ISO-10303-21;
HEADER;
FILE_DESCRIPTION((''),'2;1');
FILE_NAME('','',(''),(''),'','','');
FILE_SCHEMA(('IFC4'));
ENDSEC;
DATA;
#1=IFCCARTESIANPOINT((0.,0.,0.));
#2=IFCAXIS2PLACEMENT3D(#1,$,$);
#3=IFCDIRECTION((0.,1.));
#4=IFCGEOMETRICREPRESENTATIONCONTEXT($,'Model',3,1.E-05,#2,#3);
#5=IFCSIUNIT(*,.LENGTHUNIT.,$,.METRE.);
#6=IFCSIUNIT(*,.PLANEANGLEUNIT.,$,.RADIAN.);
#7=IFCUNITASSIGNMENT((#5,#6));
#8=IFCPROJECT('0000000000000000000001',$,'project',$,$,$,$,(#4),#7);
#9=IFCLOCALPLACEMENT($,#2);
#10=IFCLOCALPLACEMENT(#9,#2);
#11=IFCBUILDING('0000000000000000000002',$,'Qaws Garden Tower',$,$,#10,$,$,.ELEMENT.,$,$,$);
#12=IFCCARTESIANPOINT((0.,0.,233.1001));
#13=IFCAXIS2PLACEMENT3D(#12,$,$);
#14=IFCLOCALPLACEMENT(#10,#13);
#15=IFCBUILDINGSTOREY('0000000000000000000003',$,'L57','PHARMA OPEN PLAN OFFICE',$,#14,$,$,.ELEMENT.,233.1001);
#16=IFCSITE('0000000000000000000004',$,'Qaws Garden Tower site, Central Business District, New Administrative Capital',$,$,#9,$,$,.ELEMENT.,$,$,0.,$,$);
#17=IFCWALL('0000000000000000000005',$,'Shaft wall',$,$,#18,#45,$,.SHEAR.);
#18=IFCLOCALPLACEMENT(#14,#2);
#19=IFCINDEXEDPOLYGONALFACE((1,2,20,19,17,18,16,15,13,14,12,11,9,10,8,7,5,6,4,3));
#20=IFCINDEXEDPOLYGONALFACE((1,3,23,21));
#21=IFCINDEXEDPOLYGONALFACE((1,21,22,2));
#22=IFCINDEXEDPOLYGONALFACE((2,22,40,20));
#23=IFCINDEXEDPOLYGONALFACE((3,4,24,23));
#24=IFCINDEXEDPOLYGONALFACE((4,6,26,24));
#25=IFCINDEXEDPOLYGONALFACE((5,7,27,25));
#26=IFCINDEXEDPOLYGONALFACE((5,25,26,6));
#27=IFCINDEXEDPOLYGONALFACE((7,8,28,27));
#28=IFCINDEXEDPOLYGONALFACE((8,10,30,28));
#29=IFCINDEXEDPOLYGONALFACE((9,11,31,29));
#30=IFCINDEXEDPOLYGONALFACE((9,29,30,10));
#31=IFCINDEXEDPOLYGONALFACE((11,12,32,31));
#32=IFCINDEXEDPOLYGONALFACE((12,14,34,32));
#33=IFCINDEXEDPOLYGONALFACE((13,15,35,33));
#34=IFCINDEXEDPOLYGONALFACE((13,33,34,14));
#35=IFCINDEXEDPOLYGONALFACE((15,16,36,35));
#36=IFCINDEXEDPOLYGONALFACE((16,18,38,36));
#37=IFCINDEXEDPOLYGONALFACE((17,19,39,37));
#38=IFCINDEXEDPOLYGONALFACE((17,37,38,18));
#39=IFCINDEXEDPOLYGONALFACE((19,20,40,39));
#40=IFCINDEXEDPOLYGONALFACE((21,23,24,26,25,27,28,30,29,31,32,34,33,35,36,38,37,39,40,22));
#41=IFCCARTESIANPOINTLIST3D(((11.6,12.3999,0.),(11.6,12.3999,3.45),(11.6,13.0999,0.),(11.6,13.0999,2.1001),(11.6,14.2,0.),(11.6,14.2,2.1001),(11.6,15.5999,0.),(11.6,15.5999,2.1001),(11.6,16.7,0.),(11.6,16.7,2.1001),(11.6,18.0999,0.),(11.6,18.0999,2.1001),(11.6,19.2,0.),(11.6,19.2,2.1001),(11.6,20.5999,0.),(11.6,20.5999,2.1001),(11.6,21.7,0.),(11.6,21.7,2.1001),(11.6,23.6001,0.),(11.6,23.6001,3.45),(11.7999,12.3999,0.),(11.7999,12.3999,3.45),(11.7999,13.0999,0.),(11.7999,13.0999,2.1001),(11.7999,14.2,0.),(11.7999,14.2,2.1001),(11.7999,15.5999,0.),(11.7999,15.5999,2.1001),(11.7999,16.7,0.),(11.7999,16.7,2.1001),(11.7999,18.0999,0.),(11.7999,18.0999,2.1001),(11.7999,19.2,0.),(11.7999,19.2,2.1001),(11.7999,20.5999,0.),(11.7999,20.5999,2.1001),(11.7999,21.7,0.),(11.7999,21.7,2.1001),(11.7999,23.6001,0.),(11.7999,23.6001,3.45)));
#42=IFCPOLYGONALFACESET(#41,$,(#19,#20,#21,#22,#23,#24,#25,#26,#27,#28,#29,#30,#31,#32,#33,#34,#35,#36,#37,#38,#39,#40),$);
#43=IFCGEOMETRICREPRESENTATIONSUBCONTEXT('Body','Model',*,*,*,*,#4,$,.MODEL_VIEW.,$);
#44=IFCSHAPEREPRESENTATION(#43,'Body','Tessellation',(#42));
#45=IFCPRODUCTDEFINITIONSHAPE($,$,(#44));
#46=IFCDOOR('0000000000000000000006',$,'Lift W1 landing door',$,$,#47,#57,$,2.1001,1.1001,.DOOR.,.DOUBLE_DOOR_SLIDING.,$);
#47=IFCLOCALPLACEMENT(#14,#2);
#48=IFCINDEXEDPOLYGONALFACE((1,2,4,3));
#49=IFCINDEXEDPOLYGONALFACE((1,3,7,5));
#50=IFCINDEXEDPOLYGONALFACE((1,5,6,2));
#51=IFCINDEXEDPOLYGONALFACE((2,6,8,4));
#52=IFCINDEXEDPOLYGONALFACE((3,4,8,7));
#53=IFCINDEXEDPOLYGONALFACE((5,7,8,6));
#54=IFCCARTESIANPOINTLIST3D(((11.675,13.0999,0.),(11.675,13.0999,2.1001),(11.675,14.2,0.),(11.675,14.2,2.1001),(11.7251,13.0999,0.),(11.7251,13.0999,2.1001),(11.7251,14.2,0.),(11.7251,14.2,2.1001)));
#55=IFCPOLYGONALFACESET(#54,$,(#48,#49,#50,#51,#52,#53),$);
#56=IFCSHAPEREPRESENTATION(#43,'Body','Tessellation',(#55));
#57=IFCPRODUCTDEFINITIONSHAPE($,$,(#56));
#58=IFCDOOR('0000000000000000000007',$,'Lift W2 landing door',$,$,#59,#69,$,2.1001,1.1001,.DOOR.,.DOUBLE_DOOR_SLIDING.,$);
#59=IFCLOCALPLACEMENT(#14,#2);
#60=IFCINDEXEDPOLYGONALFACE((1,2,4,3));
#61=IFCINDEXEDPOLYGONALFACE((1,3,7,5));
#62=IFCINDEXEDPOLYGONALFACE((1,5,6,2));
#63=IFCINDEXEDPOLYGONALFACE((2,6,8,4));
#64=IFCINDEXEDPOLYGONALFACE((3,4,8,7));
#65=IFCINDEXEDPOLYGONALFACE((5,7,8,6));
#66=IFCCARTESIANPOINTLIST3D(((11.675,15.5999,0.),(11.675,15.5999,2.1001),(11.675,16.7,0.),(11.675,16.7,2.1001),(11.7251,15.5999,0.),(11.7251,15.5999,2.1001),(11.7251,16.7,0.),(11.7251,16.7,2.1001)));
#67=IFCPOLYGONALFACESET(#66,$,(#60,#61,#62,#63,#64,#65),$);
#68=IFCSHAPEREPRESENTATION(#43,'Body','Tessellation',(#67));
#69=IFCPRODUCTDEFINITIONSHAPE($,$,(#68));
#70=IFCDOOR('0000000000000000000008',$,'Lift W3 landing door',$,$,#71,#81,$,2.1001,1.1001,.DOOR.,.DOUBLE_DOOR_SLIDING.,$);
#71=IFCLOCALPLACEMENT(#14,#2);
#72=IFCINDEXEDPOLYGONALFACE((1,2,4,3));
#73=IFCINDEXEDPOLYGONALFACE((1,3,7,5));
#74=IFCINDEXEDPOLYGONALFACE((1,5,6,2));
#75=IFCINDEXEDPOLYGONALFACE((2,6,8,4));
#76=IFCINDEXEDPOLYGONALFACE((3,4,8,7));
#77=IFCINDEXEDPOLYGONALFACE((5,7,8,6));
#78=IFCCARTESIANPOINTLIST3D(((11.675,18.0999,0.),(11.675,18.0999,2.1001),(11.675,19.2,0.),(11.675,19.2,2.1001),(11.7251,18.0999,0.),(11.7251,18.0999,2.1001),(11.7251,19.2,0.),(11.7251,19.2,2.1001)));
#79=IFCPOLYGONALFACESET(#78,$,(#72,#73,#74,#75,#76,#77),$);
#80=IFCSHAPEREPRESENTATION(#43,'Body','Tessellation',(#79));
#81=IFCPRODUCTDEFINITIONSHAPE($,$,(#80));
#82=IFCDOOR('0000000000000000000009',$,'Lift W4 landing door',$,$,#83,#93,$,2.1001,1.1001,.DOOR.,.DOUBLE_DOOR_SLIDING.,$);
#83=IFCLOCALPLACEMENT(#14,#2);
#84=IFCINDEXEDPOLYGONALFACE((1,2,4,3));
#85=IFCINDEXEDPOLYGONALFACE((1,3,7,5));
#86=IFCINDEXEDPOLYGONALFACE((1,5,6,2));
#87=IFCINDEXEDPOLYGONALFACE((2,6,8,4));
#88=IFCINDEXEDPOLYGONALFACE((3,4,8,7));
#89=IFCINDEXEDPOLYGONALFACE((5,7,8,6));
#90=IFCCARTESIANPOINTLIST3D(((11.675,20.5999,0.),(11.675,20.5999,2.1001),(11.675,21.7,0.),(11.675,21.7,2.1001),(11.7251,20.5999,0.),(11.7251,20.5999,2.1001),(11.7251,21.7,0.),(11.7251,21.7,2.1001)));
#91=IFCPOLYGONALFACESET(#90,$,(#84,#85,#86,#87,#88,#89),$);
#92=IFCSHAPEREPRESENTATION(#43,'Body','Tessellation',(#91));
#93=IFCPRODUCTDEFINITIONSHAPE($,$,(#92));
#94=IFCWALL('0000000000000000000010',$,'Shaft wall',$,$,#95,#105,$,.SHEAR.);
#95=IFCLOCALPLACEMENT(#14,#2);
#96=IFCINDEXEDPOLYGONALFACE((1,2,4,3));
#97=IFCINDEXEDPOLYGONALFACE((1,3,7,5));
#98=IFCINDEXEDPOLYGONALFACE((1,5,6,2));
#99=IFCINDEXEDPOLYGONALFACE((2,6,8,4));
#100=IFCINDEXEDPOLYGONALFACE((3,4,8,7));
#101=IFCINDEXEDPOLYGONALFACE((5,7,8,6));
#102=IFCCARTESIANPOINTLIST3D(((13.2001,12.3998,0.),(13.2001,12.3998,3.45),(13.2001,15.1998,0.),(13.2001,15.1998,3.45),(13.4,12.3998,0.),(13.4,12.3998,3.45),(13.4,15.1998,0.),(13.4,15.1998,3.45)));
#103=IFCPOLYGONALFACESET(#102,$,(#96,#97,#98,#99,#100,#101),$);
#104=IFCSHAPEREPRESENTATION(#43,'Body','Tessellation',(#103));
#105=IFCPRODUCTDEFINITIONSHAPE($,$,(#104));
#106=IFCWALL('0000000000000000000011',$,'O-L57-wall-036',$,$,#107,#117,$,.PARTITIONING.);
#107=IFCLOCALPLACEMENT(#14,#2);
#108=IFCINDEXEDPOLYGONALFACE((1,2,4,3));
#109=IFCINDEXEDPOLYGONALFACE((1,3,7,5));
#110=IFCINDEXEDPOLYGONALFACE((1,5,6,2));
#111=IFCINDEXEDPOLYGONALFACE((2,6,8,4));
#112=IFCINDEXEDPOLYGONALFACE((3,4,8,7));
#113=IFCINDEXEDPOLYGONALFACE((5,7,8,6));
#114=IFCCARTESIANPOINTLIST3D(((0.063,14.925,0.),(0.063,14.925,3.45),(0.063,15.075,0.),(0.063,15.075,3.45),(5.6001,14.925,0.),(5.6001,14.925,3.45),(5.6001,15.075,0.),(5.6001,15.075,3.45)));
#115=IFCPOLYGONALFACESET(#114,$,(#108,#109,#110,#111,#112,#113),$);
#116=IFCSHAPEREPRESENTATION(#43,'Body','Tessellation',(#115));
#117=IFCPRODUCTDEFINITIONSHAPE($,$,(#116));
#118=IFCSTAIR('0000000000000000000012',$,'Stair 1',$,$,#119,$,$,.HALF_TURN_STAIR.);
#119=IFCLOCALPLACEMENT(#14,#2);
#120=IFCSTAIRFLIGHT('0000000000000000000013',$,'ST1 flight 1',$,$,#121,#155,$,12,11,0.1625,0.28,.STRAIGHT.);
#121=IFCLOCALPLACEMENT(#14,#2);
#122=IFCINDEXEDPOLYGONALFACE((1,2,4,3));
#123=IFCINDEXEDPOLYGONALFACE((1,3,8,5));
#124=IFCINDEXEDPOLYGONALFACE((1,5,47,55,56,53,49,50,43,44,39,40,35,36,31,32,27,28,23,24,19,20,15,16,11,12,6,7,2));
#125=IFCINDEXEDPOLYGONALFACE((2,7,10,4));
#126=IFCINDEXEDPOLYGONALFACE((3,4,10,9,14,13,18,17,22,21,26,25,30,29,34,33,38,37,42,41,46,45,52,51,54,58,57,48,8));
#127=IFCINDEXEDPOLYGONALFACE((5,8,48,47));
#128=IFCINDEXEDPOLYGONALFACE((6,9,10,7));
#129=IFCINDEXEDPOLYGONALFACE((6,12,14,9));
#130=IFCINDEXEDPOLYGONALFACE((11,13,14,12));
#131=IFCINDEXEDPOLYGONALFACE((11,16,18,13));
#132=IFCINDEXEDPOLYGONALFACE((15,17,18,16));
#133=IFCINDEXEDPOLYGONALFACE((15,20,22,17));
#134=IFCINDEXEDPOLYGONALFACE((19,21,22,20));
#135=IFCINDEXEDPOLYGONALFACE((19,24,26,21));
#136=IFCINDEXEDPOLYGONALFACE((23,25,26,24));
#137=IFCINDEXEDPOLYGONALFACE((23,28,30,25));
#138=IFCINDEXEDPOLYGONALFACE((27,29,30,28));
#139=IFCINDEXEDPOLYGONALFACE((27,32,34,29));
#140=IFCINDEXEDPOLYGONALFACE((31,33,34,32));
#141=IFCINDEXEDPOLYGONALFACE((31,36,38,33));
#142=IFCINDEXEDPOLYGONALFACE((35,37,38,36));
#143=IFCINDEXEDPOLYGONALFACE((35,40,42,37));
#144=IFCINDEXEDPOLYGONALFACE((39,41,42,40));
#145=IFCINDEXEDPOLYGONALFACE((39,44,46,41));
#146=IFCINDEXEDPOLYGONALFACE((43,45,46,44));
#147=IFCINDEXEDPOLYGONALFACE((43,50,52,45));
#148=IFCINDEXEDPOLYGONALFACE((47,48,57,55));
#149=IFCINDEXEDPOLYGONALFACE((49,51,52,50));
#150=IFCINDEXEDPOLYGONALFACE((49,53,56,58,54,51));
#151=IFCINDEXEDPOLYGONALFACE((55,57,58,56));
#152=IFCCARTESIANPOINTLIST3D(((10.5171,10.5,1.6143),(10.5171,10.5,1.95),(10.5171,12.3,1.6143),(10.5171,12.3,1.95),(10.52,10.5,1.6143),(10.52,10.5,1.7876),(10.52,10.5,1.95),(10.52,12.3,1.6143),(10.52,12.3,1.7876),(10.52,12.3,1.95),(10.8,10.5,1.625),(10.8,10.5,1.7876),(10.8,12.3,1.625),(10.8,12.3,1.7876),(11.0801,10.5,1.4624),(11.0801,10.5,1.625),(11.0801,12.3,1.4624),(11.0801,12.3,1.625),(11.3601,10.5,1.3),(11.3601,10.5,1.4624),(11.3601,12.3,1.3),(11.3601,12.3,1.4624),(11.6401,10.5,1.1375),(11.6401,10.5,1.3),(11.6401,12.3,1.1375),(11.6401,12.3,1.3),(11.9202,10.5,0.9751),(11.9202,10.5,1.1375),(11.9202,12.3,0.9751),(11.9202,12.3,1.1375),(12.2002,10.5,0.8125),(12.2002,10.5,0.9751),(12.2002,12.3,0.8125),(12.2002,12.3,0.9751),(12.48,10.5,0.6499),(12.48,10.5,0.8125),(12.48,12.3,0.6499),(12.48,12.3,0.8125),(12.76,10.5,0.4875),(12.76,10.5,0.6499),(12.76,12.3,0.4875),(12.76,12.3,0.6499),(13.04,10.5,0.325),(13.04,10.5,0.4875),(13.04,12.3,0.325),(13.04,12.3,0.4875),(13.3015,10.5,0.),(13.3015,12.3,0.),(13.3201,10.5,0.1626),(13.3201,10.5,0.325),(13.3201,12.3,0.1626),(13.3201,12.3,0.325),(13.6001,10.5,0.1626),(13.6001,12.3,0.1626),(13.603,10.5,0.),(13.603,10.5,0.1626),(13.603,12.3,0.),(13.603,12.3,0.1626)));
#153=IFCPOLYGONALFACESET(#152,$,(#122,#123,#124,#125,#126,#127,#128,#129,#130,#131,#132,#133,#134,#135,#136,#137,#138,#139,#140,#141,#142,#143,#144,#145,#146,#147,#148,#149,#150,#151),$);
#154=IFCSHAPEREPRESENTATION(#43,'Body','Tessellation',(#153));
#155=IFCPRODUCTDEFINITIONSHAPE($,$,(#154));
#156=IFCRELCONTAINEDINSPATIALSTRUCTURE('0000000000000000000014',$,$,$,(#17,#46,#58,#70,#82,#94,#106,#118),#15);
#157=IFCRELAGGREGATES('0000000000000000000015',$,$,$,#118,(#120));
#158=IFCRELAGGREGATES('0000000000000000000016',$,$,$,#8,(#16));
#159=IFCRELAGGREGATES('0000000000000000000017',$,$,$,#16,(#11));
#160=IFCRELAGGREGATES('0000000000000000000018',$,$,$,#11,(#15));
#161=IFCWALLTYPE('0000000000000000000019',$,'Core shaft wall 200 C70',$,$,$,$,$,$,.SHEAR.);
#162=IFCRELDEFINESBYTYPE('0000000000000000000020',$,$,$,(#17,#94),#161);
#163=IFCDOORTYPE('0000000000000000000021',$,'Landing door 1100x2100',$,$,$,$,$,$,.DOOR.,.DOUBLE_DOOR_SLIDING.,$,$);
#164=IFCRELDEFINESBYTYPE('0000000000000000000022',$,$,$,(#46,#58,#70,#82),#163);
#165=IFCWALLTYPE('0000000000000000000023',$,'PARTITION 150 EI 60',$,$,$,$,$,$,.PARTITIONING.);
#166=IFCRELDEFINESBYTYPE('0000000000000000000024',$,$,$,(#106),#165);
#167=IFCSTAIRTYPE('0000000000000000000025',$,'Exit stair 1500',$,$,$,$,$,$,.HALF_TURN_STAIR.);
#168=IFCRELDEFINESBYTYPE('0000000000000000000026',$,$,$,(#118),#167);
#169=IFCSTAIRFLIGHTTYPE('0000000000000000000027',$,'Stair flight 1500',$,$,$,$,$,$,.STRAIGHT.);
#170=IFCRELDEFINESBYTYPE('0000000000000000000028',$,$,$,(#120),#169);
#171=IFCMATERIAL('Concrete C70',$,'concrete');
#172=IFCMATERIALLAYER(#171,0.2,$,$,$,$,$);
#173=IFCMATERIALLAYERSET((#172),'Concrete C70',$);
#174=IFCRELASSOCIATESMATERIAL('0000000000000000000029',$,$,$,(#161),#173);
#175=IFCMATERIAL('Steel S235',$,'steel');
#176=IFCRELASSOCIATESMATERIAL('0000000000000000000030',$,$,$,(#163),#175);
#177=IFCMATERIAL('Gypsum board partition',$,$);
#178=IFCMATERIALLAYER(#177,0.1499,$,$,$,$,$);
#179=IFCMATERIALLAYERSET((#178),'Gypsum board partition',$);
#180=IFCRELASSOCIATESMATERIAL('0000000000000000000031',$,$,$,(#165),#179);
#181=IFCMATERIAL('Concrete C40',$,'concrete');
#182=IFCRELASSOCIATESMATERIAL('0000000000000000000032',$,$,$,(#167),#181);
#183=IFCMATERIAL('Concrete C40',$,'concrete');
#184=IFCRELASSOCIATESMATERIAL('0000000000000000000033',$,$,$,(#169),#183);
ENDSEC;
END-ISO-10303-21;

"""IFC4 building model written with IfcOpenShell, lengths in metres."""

from ifc_helpers import new_model, si_unit, direction, frame, frame_2d, origin, place, context, subcontext, project, spatial, polyline, rectangle, outline, extrude, material, layer, layer_set, type_object, element, fill, aggregate, save


model = new_model("IFC4")

# Units and contexts
model_context = context("Model", 3, precision=1e-05, world=origin(), true_north=direction((0.0, 1.0)))
body_context = subcontext(model_context, "Body", "Model", "MODEL_VIEW")
ifc_project = project(units=[si_unit("LENGTHUNIT", "METRE"), si_unit("PLANEANGLEUNIT", "RADIAN")], contexts=[model_context])

# Site, building, storey
site_placement = place(None, origin())
site = spatial("IfcSite", under=ifc_project, at=site_placement, Name="Qaws Garden Tower site, Central Business District, New Administrative Capital", CompositionType="ELEMENT", RefElevation=0.0)
building_placement = place(site_placement, origin())
building = spatial("IfcBuilding", under=site, at=building_placement, Name="Qaws Garden Tower", CompositionType="ELEMENT")
storey_placement = place(building_placement, frame((0.0, 0.0, 233.1001)))
storey = spatial("IfcBuildingStorey", under=building, at=storey_placement, Name="L57", Description="PHARMA OPEN PLAN OFFICE", CompositionType="ELEMENT", Elevation=233.1001)

# Shared definitions
ifc_material_1 = material(Name="Concrete C70", Category="concrete")
ifc_layer_1 = layer(ifc_material_1, 0.2)
ifc_layer_set_1 = layer_set([ifc_layer_1], Name="Concrete C70")
wall_type_1 = type_object("IfcWallType", Name="Core shaft wall 200 C70", PredefinedType="SHEAR", material=ifc_layer_set_1)

# Wall, openings, doors
wall_1_placement = place(storey_placement, frame((11.7, 12.3999, 0.0), z_axis=(0.0, 0.0, 1.0), x_axis=(0.0, 1.0, 0.0)))
wall_1 = element("IfcWall", 1, at=wall_1_placement, inside=storey, type_object=wall_type_1, Name="Shaft wall", PredefinedType="SHEAR", context=body_context, shape_type="SweptSolid", body=[
    extrude(rectangle(XDim=11.2002, YDim=0.2, at=frame_2d((5.6001, 0.0))), origin(), (0.0, 0.0, 1.0), 3.45),
])
opening_1_placement = place(wall_1_placement, frame((0.7, 0.0, 0.0)))
opening_1 = element("IfcOpeningElement", 2, at=opening_1_placement, cuts=wall_1, PredefinedType="OPENING", context=body_context, shape_type="SweptSolid", body=[
    extrude(rectangle(XDim=1.1001, YDim=2.1001, at=frame_2d((0.55, 1.05))), frame((0.0, 0.1099, 0.0), z_axis=(0.0, -1.0, 0.0), x_axis=(1.0, 0.0, 0.0)), (0.0, 0.0, 1.0), 0.22),
])
opening_2_placement = place(wall_1_placement, frame((3.2, 0.0, 0.0)))
opening_2 = element("IfcOpeningElement", 3, at=opening_2_placement, cuts=wall_1, PredefinedType="OPENING", context=body_context, shape_type="SweptSolid", body=[
    extrude(rectangle(XDim=1.1001, YDim=2.1001, at=frame_2d((0.55, 1.05))), frame((0.0, 0.1099, 0.0), z_axis=(0.0, -1.0, 0.0), x_axis=(1.0, 0.0, 0.0)), (0.0, 0.0, 1.0), 0.22),
])
opening_3_placement = place(wall_1_placement, frame((5.7, 0.0, 0.0)))
opening_3 = element("IfcOpeningElement", 4, at=opening_3_placement, cuts=wall_1, PredefinedType="OPENING", context=body_context, shape_type="SweptSolid", body=[
    extrude(rectangle(XDim=1.1001, YDim=2.1001, at=frame_2d((0.55, 1.05))), frame((0.0, 0.1099, 0.0), z_axis=(0.0, -1.0, 0.0), x_axis=(1.0, 0.0, 0.0)), (0.0, 0.0, 1.0), 0.22),
])
opening_4_placement = place(wall_1_placement, frame((8.2, 0.0, 0.0)))
opening_4 = element("IfcOpeningElement", 5, at=opening_4_placement, cuts=wall_1, PredefinedType="OPENING", context=body_context, shape_type="SweptSolid", body=[
    extrude(rectangle(XDim=1.1001, YDim=2.1001, at=frame_2d((0.55, 1.05))), frame((0.0, 0.1099, 0.0), z_axis=(0.0, -1.0, 0.0), x_axis=(1.0, 0.0, 0.0)), (0.0, 0.0, 1.0), 0.22),
])
ifc_material_2 = material(Name="Steel S235", Category="steel")
door_type = type_object("IfcDoorType", Name="Landing door 1100x2100", OperationType="DOUBLE_DOOR_SLIDING", PredefinedType="DOOR", material=ifc_material_2)
door_1_placement = place(opening_1_placement, origin())
door_1 = element("IfcDoor", 6, at=door_1_placement, inside=storey, type_object=door_type, Name="Lift W1 landing door", OperationType="DOUBLE_DOOR_SLIDING", OverallHeight=2.1001, OverallWidth=1.1001, PredefinedType="DOOR", context=body_context, shape_type="SweptSolid", body=[
    extrude(rectangle(XDim=1.1001, YDim=2.1001, at=frame_2d((0.55, 1.05))), frame((0.0, 0.0249, 0.0), z_axis=(0.0, -1.0, 0.0), x_axis=(1.0, 0.0, 0.0)), (0.0, 0.0, 1.0), 0.05),
])
fill(opening_1, door_1)
door_2_placement = place(opening_2_placement, origin())
door_2 = element("IfcDoor", 7, at=door_2_placement, inside=storey, type_object=door_type, Name="Lift W2 landing door", OperationType="DOUBLE_DOOR_SLIDING", OverallHeight=2.1001, OverallWidth=1.1001, PredefinedType="DOOR", context=body_context, shape_type="SweptSolid", body=[
    extrude(rectangle(XDim=1.1001, YDim=2.1001, at=frame_2d((0.55, 1.05))), frame((0.0, 0.0249, 0.0), z_axis=(0.0, -1.0, 0.0), x_axis=(1.0, 0.0, 0.0)), (0.0, 0.0, 1.0), 0.05),
])
fill(opening_2, door_2)
door_3_placement = place(opening_3_placement, origin())
door_3 = element("IfcDoor", 8, at=door_3_placement, inside=storey, type_object=door_type, Name="Lift W3 landing door", OperationType="DOUBLE_DOOR_SLIDING", OverallHeight=2.1001, OverallWidth=1.1001, PredefinedType="DOOR", context=body_context, shape_type="SweptSolid", body=[
    extrude(rectangle(XDim=1.1001, YDim=2.1001, at=frame_2d((0.55, 1.05))), frame((0.0, 0.0249, 0.0), z_axis=(0.0, -1.0, 0.0), x_axis=(1.0, 0.0, 0.0)), (0.0, 0.0, 1.0), 0.05),
])
fill(opening_3, door_3)
door_4_placement = place(opening_4_placement, origin())
door_4 = element("IfcDoor", 9, at=door_4_placement, inside=storey, type_object=door_type, Name="Lift W4 landing door", OperationType="DOUBLE_DOOR_SLIDING", OverallHeight=2.1001, OverallWidth=1.1001, PredefinedType="DOOR", context=body_context, shape_type="SweptSolid", body=[
    extrude(rectangle(XDim=1.1001, YDim=2.1001, at=frame_2d((0.55, 1.05))), frame((0.0, 0.0249, 0.0), z_axis=(0.0, -1.0, 0.0), x_axis=(1.0, 0.0, 0.0)), (0.0, 0.0, 1.0), 0.05),
])
fill(opening_4, door_4)

# Walls
wall_2_placement = place(storey_placement, frame((13.3, 12.3999, 0.0), z_axis=(0.0, 0.0, 1.0), x_axis=(0.0, 1.0, 0.0)))
element("IfcWall", 10, at=wall_2_placement, inside=storey, type_object=wall_type_1, Name="Shaft wall", PredefinedType="SHEAR", context=body_context, shape_type="SweptSolid", body=[
    extrude(rectangle(XDim=2.8, YDim=0.2, at=frame_2d((1.3999, 0.0))), origin(), (0.0, 0.0, 1.0), 3.45),
])
ifc_material_3 = material(Name="Gypsum board partition")
ifc_layer_2 = layer(ifc_material_3, 0.1499)
ifc_layer_set_2 = layer_set([ifc_layer_2], Name="Gypsum board partition")
wall_type_2 = type_object("IfcWallType", Name="PARTITION 150 EI 60", PredefinedType="PARTITIONING", material=ifc_layer_set_2)
wall_3_placement = place(storey_placement, frame((0.063, 15.0, 0.0), z_axis=(0.0, 0.0, 1.0), x_axis=(1.0, 0.0, 0.0)))
element("IfcWall", 11, at=wall_3_placement, inside=storey, type_object=wall_type_2, Name="O-L57-wall-036", PredefinedType="PARTITIONING", context=body_context, shape_type="SweptSolid", body=[
    extrude(rectangle(XDim=5.5371, YDim=0.1499, at=frame_2d((2.7686, 0.0))), origin(), (0.0, 0.0, 1.0), 3.45),
])

# Stair, stair flight
ifc_material_4 = material(Name="Concrete C40", Category="concrete")
stair_type = type_object("IfcStairType", Name="Exit stair 1500", PredefinedType="HALF_TURN_STAIR", material=ifc_material_4)
stair_placement = place(storey_placement, origin())
stair = element("IfcStair", 12, at=stair_placement, inside=storey, type_object=stair_type, Name="Stair 1", PredefinedType="HALF_TURN_STAIR")
ifc_material_5 = material(Name="Concrete C40", Category="concrete")
stair_flight_type = type_object("IfcStairFlightType", Name="Stair flight 1500", PredefinedType="STRAIGHT", material=ifc_material_5)
stair_flight_1_placement = place(storey_placement, frame((13.6001, 11.3999, 0.0), z_axis=(0.0, 0.0, 1.0), x_axis=(-1.0, 0.0, 0.0)))
stair_flight_1 = element("IfcStairFlight", 13, at=stair_flight_1_placement, type_object=stair_flight_type, Name="ST1 flight 1", NumberOfRisers=12, NumberOfTreads=11, PredefinedType="STRAIGHT", RiserHeight=0.1625, TreadLength=0.28, context=body_context, shape_type="SweptSolid", body=[
    extrude(outline(polyline([(-0.0029, 0.0), (-0.0029, 0.1626), (0.0, 0.1626), (0.28, 0.1626), (0.28, 0.325), (0.5601, 0.325), (0.5601, 0.4875), (0.8401, 0.4875), (0.8401, 0.6499), (1.1201, 0.6499), (1.1201, 0.8125), (1.3999, 0.8125), (1.3999, 0.9751), (1.6799, 0.9751), (1.6799, 1.1375), (1.96, 1.1375), (1.96, 1.3), (2.24, 1.3), (2.24, 1.4624), (2.52, 1.4624), (2.52, 1.625), (2.8, 1.625), (2.8, 1.7876), (3.0801, 1.7876), (3.0801, 1.95), (3.083, 1.95), (3.083, 1.6143), (3.0801, 1.6143), (0.2986, 0.0), (-0.0029, 0.0)])), frame((0.0, 0.8999, 0.0), z_axis=(0.0, -1.0, 0.0), x_axis=(1.0, 0.0, 0.0)), (0.0, 0.0, 1.0), 1.8),
])
aggregate(stair, [stair_flight_1])

save(model, "model.ifc")
